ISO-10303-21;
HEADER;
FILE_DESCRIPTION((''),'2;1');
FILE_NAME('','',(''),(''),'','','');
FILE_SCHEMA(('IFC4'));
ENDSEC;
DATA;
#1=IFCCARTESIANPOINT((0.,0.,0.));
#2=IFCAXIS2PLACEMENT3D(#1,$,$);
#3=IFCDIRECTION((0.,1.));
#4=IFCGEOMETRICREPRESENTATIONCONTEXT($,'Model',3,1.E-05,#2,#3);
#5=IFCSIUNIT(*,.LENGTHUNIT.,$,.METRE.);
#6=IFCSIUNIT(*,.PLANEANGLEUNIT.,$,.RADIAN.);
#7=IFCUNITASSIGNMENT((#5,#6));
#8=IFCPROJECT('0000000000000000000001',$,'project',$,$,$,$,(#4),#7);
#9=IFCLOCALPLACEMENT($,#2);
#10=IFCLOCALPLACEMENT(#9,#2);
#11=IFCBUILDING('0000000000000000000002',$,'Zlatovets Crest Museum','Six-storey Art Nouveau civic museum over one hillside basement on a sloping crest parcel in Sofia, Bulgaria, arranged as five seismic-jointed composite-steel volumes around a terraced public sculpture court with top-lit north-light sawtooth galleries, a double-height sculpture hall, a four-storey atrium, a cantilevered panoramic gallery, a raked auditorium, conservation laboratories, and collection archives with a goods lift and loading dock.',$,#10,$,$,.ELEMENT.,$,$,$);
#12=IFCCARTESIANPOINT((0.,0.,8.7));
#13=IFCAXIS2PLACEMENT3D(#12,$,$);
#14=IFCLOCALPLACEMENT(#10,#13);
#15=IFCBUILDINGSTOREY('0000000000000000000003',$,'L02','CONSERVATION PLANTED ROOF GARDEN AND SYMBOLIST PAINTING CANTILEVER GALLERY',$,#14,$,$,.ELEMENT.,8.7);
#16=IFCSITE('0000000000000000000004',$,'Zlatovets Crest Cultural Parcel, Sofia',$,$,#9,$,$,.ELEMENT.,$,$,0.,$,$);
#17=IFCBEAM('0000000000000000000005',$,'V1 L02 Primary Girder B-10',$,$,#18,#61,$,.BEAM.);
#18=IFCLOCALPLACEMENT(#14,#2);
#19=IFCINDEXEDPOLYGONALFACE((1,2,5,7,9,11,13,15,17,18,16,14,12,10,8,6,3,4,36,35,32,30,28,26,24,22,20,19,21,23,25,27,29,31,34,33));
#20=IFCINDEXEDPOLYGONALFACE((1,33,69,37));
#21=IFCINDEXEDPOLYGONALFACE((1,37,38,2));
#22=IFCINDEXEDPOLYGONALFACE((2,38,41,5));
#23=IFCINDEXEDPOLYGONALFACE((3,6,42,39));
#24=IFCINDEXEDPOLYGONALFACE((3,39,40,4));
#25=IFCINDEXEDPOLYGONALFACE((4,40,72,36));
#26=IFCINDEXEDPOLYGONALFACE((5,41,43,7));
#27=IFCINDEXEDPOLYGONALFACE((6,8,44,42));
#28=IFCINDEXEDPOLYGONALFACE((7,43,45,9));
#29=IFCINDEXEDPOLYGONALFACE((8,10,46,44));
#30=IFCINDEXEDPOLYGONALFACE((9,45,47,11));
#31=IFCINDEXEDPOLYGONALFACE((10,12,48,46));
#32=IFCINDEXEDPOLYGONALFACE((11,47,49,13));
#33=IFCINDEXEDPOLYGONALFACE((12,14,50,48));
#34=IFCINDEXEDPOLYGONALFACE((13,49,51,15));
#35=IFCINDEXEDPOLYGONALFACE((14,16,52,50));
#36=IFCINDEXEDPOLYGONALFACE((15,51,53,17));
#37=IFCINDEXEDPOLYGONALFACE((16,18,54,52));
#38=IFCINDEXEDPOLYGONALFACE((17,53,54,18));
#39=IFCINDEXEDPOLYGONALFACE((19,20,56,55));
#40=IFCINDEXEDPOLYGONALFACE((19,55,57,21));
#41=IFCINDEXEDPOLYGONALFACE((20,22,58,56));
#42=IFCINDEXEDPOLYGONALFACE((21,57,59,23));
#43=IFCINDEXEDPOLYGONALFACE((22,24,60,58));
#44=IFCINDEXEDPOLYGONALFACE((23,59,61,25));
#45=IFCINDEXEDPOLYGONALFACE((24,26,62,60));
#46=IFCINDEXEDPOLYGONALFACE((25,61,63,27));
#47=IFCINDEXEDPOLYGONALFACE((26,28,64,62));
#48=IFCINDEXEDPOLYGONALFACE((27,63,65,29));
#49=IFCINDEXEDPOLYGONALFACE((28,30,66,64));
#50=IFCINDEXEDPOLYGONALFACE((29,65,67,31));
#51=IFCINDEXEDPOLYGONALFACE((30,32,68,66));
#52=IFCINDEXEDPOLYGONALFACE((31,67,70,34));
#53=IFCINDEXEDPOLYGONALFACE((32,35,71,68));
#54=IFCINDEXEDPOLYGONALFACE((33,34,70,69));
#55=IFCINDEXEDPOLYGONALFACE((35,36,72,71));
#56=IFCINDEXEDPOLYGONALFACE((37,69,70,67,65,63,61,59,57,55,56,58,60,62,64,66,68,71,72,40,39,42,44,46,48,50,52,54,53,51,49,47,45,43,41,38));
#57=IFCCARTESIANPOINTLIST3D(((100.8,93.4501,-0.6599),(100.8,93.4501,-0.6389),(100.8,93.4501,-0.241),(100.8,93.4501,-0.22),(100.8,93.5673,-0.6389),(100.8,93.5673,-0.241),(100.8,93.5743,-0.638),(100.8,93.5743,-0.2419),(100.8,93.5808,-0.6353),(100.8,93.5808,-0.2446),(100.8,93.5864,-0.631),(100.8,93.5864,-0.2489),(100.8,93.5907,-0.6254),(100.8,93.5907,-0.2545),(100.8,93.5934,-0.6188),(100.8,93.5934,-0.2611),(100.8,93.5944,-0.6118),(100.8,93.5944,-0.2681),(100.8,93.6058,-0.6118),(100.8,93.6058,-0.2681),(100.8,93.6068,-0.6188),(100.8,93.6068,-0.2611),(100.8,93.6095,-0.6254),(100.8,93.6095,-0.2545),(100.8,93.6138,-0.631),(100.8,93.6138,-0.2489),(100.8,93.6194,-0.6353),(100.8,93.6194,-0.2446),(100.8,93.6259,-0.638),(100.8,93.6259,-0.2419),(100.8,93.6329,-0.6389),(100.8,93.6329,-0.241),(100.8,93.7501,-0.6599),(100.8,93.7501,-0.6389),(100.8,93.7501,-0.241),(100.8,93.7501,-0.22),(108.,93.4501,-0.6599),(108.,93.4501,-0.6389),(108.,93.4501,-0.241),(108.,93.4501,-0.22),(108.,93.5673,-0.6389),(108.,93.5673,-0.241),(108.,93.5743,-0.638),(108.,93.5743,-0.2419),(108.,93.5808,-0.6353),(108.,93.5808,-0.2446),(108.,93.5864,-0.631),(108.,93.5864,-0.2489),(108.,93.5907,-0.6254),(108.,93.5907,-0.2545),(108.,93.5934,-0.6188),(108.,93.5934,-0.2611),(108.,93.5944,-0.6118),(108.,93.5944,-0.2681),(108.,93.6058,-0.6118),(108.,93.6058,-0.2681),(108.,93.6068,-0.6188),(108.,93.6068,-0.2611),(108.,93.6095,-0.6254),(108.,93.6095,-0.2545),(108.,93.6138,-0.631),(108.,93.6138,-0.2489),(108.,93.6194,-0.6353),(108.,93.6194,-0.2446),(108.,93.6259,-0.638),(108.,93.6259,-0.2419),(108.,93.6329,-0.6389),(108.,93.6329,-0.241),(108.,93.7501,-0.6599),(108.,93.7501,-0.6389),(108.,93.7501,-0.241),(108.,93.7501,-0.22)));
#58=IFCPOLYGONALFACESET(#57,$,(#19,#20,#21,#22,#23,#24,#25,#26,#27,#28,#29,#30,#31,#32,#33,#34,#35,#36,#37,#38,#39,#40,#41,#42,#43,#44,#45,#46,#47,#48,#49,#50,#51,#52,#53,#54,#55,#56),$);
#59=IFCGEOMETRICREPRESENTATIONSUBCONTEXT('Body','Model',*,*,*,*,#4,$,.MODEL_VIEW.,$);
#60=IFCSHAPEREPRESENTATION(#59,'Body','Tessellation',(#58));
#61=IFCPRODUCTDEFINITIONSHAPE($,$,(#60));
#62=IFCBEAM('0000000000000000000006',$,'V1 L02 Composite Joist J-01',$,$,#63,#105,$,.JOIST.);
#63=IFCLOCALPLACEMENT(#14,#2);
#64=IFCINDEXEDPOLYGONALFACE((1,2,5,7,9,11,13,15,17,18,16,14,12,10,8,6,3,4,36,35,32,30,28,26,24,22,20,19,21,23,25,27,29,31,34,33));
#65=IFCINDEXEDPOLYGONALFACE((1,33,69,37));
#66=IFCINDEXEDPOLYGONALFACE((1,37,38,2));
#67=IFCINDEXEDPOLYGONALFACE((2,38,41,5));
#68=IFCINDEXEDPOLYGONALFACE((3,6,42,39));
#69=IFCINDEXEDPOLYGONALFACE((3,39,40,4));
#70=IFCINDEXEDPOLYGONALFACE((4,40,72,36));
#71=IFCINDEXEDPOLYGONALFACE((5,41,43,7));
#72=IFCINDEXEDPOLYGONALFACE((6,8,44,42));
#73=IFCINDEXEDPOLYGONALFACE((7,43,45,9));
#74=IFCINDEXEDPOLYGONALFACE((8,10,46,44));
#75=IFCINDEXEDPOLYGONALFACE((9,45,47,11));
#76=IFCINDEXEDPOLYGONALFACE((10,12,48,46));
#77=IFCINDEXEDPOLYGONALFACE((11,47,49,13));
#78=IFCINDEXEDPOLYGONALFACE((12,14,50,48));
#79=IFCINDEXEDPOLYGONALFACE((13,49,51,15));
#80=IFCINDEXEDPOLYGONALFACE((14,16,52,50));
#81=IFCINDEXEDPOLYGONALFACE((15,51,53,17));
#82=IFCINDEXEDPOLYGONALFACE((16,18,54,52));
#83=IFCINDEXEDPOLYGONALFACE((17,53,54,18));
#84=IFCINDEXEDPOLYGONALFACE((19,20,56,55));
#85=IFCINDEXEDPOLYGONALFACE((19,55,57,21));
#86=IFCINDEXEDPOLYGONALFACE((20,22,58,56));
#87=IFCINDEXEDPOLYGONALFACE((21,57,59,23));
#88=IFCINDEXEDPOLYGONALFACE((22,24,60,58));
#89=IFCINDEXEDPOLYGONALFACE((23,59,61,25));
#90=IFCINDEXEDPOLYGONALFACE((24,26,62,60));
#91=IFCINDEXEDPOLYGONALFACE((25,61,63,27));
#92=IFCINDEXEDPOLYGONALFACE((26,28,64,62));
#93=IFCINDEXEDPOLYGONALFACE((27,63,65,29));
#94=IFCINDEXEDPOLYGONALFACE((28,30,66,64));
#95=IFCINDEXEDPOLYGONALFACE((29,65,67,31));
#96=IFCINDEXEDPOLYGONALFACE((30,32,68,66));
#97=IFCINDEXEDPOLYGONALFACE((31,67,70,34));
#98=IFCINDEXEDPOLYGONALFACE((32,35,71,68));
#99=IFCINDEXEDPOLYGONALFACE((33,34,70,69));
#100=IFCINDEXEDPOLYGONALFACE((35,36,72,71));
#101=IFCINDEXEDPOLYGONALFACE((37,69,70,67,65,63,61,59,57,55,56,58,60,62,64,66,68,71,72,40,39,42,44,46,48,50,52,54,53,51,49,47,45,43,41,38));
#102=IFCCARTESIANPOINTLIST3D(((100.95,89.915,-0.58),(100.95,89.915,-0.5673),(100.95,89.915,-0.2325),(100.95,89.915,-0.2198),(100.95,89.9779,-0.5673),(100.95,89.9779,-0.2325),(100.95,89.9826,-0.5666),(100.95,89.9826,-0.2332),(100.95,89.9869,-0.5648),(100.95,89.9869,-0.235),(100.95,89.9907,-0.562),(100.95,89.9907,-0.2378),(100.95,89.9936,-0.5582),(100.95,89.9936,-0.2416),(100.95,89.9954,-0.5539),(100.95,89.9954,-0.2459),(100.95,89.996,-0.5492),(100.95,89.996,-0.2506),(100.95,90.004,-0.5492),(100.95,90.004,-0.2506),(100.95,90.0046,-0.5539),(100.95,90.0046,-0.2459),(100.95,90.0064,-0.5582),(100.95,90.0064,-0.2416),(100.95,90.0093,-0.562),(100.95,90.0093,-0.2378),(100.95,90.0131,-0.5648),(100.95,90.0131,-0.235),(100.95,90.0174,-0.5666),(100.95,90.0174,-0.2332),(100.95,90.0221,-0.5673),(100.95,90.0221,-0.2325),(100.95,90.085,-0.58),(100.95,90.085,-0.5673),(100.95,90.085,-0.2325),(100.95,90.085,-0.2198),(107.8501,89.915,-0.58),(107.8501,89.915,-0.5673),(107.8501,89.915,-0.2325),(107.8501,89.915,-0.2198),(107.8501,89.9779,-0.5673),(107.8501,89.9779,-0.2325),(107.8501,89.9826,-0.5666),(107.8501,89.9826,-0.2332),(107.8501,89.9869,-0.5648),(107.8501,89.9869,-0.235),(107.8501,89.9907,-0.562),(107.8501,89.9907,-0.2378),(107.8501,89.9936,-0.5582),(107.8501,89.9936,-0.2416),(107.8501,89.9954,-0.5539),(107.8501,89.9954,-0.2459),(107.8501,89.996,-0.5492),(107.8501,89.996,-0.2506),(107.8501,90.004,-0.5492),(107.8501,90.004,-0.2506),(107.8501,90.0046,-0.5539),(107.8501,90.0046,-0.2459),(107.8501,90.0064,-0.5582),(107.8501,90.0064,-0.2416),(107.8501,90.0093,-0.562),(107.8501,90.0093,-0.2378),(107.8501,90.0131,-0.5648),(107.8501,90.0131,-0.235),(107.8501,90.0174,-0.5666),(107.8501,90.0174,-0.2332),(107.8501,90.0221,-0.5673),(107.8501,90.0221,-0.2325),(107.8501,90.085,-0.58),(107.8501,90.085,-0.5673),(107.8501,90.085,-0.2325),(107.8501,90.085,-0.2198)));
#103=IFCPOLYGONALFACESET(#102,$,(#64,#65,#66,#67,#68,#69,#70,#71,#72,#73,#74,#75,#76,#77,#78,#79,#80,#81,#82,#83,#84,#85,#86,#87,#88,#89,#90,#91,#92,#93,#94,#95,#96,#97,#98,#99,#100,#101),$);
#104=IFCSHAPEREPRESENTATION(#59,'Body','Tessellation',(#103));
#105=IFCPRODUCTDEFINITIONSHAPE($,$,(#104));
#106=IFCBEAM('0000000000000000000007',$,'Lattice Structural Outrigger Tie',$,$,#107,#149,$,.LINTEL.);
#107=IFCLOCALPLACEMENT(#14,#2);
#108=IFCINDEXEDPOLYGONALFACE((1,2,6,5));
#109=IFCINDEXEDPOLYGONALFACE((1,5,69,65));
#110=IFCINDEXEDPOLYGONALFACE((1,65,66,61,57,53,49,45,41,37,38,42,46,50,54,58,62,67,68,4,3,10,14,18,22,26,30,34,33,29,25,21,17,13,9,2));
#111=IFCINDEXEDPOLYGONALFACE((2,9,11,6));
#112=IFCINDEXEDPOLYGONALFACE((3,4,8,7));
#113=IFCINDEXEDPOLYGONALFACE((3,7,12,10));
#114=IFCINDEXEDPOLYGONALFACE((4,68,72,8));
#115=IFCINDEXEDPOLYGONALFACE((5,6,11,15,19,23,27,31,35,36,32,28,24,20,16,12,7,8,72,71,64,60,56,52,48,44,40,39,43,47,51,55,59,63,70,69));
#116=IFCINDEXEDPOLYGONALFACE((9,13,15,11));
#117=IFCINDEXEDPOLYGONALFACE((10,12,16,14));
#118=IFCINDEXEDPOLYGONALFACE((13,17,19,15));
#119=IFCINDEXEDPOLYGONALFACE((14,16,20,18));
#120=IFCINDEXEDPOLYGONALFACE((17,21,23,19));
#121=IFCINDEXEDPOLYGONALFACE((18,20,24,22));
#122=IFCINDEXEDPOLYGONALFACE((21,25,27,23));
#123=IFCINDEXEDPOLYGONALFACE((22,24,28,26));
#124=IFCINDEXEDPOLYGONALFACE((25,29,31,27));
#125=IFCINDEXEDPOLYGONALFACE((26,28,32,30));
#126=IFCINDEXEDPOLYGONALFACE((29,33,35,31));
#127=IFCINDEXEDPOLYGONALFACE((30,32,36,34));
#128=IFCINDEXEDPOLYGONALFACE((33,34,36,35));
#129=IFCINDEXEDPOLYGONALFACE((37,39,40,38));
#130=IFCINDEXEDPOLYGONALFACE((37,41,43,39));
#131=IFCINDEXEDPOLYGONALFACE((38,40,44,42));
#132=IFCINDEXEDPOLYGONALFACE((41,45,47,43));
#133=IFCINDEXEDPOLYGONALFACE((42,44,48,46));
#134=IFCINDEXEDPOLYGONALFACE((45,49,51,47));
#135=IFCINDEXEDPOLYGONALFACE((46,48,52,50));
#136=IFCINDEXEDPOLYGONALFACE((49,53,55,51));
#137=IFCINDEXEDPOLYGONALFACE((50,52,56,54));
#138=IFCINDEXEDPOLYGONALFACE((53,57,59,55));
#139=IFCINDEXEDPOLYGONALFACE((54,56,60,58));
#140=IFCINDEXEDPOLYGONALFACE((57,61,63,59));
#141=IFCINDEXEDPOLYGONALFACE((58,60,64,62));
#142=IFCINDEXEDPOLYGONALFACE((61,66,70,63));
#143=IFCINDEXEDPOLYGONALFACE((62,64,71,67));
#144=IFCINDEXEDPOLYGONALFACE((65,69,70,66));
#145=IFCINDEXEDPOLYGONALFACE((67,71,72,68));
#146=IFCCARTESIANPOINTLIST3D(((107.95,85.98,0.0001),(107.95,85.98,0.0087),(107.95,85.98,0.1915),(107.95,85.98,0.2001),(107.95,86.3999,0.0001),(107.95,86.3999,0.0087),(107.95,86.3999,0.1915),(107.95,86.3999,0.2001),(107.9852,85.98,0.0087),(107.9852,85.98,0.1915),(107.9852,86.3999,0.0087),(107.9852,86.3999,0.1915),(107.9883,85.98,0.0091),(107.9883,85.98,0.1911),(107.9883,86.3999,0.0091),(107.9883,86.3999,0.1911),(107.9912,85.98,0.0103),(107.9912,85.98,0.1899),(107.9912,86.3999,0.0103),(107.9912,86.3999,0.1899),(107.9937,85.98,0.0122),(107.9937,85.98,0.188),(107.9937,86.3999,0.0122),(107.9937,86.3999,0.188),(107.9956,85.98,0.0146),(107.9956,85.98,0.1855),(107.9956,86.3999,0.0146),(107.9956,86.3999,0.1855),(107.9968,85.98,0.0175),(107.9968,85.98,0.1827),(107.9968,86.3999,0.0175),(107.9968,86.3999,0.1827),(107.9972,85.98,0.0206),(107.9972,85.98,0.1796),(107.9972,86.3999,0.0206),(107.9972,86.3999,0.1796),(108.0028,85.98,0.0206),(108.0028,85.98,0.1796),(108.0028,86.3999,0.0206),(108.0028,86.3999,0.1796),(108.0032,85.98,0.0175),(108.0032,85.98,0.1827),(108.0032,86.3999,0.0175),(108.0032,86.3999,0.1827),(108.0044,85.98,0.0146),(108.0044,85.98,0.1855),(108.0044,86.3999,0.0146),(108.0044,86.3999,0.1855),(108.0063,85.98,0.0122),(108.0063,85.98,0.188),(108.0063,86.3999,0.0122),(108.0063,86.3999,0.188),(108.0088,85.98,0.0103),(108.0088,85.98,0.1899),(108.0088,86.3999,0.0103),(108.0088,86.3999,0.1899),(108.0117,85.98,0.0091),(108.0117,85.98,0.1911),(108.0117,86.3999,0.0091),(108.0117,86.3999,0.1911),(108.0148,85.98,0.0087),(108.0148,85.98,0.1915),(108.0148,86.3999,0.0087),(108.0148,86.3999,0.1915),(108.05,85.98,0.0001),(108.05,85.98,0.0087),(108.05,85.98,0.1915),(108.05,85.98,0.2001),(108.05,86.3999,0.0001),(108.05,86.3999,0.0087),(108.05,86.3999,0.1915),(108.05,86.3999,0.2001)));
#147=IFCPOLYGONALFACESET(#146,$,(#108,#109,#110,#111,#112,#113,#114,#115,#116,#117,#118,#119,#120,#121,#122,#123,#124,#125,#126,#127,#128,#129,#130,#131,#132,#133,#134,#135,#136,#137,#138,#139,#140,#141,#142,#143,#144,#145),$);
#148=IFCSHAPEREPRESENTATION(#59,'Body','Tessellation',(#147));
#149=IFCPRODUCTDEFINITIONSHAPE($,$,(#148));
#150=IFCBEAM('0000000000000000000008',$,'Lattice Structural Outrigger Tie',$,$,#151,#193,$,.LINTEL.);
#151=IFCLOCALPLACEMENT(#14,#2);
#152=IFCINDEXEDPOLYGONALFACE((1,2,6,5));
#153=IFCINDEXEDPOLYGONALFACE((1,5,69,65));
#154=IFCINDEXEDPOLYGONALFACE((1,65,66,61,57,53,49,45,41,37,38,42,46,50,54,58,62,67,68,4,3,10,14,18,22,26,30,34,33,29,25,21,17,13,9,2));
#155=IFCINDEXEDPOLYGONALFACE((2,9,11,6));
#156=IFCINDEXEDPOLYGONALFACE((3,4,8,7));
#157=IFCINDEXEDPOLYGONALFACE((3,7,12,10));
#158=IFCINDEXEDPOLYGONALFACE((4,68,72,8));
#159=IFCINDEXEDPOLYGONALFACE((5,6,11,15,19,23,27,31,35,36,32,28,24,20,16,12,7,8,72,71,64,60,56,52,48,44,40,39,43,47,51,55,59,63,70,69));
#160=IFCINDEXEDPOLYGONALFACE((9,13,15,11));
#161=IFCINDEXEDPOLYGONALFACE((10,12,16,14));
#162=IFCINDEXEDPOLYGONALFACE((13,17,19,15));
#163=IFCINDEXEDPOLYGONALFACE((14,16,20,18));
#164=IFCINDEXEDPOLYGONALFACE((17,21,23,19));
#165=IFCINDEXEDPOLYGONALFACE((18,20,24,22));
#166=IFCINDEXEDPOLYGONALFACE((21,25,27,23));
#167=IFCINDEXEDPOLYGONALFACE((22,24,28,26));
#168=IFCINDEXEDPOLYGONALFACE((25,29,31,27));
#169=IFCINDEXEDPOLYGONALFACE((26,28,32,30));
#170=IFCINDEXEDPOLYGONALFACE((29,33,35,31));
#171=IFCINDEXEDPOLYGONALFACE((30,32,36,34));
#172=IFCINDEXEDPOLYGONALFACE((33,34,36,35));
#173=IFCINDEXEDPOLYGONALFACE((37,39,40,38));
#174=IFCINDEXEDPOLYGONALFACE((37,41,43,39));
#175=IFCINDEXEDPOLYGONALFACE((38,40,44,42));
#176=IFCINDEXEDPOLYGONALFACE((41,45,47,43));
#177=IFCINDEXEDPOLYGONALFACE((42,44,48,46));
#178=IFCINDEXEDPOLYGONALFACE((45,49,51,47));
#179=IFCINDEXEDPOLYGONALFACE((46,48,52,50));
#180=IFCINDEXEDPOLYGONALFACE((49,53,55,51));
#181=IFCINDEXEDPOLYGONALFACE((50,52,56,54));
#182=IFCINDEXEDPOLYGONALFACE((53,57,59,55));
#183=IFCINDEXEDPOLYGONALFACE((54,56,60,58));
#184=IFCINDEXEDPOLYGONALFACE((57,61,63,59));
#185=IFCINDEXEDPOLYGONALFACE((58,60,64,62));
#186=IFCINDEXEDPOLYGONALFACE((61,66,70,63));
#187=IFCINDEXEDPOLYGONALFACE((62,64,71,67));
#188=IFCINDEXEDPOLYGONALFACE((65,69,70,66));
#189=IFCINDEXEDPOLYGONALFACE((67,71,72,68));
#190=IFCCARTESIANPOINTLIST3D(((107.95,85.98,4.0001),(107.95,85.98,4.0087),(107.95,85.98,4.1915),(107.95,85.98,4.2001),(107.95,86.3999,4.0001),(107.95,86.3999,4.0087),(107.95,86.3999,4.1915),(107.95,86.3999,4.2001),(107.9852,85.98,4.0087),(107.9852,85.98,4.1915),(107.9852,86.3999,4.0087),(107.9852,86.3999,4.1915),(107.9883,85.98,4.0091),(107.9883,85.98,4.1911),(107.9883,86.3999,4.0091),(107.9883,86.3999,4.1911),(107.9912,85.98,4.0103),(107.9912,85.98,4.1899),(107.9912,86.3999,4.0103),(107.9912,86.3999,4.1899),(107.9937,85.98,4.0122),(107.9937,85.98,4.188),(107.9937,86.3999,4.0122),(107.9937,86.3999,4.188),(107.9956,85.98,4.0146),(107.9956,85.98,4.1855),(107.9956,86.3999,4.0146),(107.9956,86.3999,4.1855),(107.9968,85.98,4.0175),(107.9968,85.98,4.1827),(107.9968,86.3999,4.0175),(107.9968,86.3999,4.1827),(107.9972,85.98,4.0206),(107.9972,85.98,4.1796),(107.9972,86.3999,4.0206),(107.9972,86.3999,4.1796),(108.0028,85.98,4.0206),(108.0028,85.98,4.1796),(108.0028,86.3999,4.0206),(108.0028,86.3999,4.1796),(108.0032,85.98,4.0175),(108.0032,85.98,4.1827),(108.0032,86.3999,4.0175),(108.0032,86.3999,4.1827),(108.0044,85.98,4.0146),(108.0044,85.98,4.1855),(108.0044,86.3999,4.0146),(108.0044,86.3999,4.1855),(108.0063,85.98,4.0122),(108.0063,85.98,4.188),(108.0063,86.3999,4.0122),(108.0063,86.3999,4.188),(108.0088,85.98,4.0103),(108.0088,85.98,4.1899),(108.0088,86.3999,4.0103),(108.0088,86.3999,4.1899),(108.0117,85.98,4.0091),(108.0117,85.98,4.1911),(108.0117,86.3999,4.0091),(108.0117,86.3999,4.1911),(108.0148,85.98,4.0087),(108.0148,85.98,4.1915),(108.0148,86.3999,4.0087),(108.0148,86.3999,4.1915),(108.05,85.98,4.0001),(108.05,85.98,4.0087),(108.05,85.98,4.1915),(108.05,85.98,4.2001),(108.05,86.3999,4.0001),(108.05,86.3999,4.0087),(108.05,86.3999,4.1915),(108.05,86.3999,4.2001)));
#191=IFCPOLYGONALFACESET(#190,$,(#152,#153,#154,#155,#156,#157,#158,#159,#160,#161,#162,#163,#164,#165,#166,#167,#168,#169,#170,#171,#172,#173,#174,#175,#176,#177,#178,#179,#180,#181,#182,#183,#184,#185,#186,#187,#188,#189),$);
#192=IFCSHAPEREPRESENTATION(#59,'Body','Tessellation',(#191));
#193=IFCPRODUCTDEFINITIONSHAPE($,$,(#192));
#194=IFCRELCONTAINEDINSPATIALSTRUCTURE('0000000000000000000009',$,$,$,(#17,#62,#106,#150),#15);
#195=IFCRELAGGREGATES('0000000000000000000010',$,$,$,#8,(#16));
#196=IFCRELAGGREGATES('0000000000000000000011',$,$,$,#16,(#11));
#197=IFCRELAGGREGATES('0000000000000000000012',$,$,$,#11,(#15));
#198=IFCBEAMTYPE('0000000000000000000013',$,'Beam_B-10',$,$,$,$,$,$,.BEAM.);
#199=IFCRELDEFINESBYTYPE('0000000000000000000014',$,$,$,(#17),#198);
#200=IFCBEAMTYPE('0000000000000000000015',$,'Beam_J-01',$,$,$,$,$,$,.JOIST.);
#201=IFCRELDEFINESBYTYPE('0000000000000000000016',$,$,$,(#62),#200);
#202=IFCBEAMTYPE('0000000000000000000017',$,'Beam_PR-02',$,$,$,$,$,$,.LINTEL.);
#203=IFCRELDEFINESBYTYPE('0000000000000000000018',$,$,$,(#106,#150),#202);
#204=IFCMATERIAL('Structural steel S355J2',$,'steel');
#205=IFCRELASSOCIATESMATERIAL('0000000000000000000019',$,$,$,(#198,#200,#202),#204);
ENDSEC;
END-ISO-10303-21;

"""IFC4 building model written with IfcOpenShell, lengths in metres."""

from ifc_helpers import new_model, si_unit, direction, frame, origin, origin_2d, place, context, subcontext, project, spatial, i_section, extrude, material, material_profile, profile_set, type_object, element, save


model = new_model("IFC4")

# Units and contexts
model_context = context("Model", 3, precision=1e-05, world=origin(), true_north=direction((0.0, 1.0)))
body_context = subcontext(model_context, "Body", "Model", "MODEL_VIEW")
ifc_project = project(units=[si_unit("LENGTHUNIT", "METRE"), si_unit("PLANEANGLEUNIT", "RADIAN")], contexts=[model_context])

# Site, building, storey
site_placement = place(None, origin())
site = spatial("IfcSite", under=ifc_project, at=site_placement, Name="Zlatovets Crest Cultural Parcel, Sofia", CompositionType="ELEMENT", RefElevation=0.0)
building_placement = place(site_placement, origin())
building = spatial("IfcBuilding", under=site, at=building_placement, Name="Zlatovets Crest Museum", Description="Six-storey Art Nouveau civic museum over one hillside basement on a sloping crest parcel in Sofia, Bulgaria, arranged as five seismic-jointed composite-steel volumes around a terraced public sculpture court with top-lit north-light sawtooth galleries, a double-height sculpture hall, a four-storey atrium, a cantilevered panoramic gallery, a raked auditorium, conservation laboratories, and collection archives with a goods lift and loading dock.", CompositionType="ELEMENT")
storey_placement = place(building_placement, frame((0.0, 0.0, 8.7)))
storey = spatial("IfcBuildingStorey", under=building, at=storey_placement, Name="L02", Description="CONSERVATION PLANTED ROOF GARDEN AND SYMBOLIST PAINTING CANTILEVER GALLERY", CompositionType="ELEMENT", Elevation=8.7)

# Shared definitions
ifc_material_1 = material(Name="Structural steel S355J2", Category="steel")

# Beams
ifc_material_profile_1 = material_profile(ifc_material_1, i_section(OverallWidth=0.3, OverallDepth=0.4399, WebThickness=0.0115, FlangeThickness=0.021, FilletRadius=0.0271, at=origin_2d()), Name="HEA 450")
ifc_profile_set_1 = profile_set([ifc_material_profile_1], Name="Structural steel S355J2")
beam_type_1 = type_object("IfcBeamType", Name="Beam_B-10", PredefinedType="BEAM", material=ifc_profile_set_1)
beam_1_placement = place(storey_placement, frame((100.8, 93.6001, -0.4399), z_axis=(1.0, 0.0, 0.0), x_axis=(0.0, 1.0, 0.0)))
element("IfcBeam", 1, at=beam_1_placement, inside=storey, type_object=beam_type_1, Name="V1 L02 Primary Girder B-10", PredefinedType="BEAM", context=body_context, shape_type="SweptSolid", body=[
    extrude(i_section(OverallWidth=0.3, OverallDepth=0.4399, WebThickness=0.0115, FlangeThickness=0.021, FilletRadius=0.0271, at=origin_2d()), origin(), (0.0, 0.0, 1.0), 7.2),
])
ifc_material_profile_2 = material_profile(ifc_material_1, i_section(OverallWidth=0.1699, OverallDepth=0.3601, WebThickness=0.0081, FlangeThickness=0.0127, FilletRadius=0.0181, at=origin_2d()), Name="IPE 360")
ifc_profile_set_2 = profile_set([ifc_material_profile_2], Name="Structural steel S355J2")
beam_type_2 = type_object("IfcBeamType", Name="Beam_J-01", PredefinedType="JOIST", material=ifc_profile_set_2)
beam_2_placement = place(storey_placement, frame((100.95, 90.0, -0.3999), z_axis=(1.0, 0.0, 0.0), x_axis=(0.0, 1.0, 0.0)))
element("IfcBeam", 2, at=beam_2_placement, inside=storey, type_object=beam_type_2, Name="V1 L02 Composite Joist J-01", PredefinedType="JOIST", context=body_context, shape_type="SweptSolid", body=[
    extrude(i_section(OverallWidth=0.1699, OverallDepth=0.3601, WebThickness=0.0081, FlangeThickness=0.0127, FilletRadius=0.0181, at=origin_2d()), origin(), (0.0, 0.0, 1.0), 6.9001),
])
ifc_material_profile_3 = material_profile(ifc_material_1, i_section(OverallWidth=0.1001, OverallDepth=0.2, WebThickness=0.0056, FlangeThickness=0.0085, FilletRadius=0.012, at=origin_2d()), Name="IPE 200")
ifc_profile_set_3 = profile_set([ifc_material_profile_3], Name="Structural steel S355J2")
beam_type_3 = type_object("IfcBeamType", Name="Beam_PR-02", PredefinedType="LINTEL", material=ifc_profile_set_3)
for number, where, z_axis, x_axis, name in (
    (3, (108.0, 86.3999, 0.1001), (0.0, -1.0, 0.0), (1.0, 0.0, 0.0), "Lattice Structural Outrigger Tie"),
    (4, (108.0, 86.3999, 4.1001), (0.0, -1.0, 0.0), (1.0, 0.0, 0.0), "Lattice Structural Outrigger Tie"),
):
    element("IfcBeam", number, at=place(storey_placement, frame(where, z_axis=z_axis, x_axis=x_axis)), inside=storey, type_object=beam_type_3, Name=name, PredefinedType="LINTEL", context=body_context, shape_type="SweptSolid", body=[
        extrude(i_section(OverallWidth=0.1001, OverallDepth=0.2, WebThickness=0.0056, FlangeThickness=0.0085, FilletRadius=0.012, at=origin_2d()), origin(), (0.0, 0.0, 1.0), 0.4199),
    ])

save(model, "model.ifc")
